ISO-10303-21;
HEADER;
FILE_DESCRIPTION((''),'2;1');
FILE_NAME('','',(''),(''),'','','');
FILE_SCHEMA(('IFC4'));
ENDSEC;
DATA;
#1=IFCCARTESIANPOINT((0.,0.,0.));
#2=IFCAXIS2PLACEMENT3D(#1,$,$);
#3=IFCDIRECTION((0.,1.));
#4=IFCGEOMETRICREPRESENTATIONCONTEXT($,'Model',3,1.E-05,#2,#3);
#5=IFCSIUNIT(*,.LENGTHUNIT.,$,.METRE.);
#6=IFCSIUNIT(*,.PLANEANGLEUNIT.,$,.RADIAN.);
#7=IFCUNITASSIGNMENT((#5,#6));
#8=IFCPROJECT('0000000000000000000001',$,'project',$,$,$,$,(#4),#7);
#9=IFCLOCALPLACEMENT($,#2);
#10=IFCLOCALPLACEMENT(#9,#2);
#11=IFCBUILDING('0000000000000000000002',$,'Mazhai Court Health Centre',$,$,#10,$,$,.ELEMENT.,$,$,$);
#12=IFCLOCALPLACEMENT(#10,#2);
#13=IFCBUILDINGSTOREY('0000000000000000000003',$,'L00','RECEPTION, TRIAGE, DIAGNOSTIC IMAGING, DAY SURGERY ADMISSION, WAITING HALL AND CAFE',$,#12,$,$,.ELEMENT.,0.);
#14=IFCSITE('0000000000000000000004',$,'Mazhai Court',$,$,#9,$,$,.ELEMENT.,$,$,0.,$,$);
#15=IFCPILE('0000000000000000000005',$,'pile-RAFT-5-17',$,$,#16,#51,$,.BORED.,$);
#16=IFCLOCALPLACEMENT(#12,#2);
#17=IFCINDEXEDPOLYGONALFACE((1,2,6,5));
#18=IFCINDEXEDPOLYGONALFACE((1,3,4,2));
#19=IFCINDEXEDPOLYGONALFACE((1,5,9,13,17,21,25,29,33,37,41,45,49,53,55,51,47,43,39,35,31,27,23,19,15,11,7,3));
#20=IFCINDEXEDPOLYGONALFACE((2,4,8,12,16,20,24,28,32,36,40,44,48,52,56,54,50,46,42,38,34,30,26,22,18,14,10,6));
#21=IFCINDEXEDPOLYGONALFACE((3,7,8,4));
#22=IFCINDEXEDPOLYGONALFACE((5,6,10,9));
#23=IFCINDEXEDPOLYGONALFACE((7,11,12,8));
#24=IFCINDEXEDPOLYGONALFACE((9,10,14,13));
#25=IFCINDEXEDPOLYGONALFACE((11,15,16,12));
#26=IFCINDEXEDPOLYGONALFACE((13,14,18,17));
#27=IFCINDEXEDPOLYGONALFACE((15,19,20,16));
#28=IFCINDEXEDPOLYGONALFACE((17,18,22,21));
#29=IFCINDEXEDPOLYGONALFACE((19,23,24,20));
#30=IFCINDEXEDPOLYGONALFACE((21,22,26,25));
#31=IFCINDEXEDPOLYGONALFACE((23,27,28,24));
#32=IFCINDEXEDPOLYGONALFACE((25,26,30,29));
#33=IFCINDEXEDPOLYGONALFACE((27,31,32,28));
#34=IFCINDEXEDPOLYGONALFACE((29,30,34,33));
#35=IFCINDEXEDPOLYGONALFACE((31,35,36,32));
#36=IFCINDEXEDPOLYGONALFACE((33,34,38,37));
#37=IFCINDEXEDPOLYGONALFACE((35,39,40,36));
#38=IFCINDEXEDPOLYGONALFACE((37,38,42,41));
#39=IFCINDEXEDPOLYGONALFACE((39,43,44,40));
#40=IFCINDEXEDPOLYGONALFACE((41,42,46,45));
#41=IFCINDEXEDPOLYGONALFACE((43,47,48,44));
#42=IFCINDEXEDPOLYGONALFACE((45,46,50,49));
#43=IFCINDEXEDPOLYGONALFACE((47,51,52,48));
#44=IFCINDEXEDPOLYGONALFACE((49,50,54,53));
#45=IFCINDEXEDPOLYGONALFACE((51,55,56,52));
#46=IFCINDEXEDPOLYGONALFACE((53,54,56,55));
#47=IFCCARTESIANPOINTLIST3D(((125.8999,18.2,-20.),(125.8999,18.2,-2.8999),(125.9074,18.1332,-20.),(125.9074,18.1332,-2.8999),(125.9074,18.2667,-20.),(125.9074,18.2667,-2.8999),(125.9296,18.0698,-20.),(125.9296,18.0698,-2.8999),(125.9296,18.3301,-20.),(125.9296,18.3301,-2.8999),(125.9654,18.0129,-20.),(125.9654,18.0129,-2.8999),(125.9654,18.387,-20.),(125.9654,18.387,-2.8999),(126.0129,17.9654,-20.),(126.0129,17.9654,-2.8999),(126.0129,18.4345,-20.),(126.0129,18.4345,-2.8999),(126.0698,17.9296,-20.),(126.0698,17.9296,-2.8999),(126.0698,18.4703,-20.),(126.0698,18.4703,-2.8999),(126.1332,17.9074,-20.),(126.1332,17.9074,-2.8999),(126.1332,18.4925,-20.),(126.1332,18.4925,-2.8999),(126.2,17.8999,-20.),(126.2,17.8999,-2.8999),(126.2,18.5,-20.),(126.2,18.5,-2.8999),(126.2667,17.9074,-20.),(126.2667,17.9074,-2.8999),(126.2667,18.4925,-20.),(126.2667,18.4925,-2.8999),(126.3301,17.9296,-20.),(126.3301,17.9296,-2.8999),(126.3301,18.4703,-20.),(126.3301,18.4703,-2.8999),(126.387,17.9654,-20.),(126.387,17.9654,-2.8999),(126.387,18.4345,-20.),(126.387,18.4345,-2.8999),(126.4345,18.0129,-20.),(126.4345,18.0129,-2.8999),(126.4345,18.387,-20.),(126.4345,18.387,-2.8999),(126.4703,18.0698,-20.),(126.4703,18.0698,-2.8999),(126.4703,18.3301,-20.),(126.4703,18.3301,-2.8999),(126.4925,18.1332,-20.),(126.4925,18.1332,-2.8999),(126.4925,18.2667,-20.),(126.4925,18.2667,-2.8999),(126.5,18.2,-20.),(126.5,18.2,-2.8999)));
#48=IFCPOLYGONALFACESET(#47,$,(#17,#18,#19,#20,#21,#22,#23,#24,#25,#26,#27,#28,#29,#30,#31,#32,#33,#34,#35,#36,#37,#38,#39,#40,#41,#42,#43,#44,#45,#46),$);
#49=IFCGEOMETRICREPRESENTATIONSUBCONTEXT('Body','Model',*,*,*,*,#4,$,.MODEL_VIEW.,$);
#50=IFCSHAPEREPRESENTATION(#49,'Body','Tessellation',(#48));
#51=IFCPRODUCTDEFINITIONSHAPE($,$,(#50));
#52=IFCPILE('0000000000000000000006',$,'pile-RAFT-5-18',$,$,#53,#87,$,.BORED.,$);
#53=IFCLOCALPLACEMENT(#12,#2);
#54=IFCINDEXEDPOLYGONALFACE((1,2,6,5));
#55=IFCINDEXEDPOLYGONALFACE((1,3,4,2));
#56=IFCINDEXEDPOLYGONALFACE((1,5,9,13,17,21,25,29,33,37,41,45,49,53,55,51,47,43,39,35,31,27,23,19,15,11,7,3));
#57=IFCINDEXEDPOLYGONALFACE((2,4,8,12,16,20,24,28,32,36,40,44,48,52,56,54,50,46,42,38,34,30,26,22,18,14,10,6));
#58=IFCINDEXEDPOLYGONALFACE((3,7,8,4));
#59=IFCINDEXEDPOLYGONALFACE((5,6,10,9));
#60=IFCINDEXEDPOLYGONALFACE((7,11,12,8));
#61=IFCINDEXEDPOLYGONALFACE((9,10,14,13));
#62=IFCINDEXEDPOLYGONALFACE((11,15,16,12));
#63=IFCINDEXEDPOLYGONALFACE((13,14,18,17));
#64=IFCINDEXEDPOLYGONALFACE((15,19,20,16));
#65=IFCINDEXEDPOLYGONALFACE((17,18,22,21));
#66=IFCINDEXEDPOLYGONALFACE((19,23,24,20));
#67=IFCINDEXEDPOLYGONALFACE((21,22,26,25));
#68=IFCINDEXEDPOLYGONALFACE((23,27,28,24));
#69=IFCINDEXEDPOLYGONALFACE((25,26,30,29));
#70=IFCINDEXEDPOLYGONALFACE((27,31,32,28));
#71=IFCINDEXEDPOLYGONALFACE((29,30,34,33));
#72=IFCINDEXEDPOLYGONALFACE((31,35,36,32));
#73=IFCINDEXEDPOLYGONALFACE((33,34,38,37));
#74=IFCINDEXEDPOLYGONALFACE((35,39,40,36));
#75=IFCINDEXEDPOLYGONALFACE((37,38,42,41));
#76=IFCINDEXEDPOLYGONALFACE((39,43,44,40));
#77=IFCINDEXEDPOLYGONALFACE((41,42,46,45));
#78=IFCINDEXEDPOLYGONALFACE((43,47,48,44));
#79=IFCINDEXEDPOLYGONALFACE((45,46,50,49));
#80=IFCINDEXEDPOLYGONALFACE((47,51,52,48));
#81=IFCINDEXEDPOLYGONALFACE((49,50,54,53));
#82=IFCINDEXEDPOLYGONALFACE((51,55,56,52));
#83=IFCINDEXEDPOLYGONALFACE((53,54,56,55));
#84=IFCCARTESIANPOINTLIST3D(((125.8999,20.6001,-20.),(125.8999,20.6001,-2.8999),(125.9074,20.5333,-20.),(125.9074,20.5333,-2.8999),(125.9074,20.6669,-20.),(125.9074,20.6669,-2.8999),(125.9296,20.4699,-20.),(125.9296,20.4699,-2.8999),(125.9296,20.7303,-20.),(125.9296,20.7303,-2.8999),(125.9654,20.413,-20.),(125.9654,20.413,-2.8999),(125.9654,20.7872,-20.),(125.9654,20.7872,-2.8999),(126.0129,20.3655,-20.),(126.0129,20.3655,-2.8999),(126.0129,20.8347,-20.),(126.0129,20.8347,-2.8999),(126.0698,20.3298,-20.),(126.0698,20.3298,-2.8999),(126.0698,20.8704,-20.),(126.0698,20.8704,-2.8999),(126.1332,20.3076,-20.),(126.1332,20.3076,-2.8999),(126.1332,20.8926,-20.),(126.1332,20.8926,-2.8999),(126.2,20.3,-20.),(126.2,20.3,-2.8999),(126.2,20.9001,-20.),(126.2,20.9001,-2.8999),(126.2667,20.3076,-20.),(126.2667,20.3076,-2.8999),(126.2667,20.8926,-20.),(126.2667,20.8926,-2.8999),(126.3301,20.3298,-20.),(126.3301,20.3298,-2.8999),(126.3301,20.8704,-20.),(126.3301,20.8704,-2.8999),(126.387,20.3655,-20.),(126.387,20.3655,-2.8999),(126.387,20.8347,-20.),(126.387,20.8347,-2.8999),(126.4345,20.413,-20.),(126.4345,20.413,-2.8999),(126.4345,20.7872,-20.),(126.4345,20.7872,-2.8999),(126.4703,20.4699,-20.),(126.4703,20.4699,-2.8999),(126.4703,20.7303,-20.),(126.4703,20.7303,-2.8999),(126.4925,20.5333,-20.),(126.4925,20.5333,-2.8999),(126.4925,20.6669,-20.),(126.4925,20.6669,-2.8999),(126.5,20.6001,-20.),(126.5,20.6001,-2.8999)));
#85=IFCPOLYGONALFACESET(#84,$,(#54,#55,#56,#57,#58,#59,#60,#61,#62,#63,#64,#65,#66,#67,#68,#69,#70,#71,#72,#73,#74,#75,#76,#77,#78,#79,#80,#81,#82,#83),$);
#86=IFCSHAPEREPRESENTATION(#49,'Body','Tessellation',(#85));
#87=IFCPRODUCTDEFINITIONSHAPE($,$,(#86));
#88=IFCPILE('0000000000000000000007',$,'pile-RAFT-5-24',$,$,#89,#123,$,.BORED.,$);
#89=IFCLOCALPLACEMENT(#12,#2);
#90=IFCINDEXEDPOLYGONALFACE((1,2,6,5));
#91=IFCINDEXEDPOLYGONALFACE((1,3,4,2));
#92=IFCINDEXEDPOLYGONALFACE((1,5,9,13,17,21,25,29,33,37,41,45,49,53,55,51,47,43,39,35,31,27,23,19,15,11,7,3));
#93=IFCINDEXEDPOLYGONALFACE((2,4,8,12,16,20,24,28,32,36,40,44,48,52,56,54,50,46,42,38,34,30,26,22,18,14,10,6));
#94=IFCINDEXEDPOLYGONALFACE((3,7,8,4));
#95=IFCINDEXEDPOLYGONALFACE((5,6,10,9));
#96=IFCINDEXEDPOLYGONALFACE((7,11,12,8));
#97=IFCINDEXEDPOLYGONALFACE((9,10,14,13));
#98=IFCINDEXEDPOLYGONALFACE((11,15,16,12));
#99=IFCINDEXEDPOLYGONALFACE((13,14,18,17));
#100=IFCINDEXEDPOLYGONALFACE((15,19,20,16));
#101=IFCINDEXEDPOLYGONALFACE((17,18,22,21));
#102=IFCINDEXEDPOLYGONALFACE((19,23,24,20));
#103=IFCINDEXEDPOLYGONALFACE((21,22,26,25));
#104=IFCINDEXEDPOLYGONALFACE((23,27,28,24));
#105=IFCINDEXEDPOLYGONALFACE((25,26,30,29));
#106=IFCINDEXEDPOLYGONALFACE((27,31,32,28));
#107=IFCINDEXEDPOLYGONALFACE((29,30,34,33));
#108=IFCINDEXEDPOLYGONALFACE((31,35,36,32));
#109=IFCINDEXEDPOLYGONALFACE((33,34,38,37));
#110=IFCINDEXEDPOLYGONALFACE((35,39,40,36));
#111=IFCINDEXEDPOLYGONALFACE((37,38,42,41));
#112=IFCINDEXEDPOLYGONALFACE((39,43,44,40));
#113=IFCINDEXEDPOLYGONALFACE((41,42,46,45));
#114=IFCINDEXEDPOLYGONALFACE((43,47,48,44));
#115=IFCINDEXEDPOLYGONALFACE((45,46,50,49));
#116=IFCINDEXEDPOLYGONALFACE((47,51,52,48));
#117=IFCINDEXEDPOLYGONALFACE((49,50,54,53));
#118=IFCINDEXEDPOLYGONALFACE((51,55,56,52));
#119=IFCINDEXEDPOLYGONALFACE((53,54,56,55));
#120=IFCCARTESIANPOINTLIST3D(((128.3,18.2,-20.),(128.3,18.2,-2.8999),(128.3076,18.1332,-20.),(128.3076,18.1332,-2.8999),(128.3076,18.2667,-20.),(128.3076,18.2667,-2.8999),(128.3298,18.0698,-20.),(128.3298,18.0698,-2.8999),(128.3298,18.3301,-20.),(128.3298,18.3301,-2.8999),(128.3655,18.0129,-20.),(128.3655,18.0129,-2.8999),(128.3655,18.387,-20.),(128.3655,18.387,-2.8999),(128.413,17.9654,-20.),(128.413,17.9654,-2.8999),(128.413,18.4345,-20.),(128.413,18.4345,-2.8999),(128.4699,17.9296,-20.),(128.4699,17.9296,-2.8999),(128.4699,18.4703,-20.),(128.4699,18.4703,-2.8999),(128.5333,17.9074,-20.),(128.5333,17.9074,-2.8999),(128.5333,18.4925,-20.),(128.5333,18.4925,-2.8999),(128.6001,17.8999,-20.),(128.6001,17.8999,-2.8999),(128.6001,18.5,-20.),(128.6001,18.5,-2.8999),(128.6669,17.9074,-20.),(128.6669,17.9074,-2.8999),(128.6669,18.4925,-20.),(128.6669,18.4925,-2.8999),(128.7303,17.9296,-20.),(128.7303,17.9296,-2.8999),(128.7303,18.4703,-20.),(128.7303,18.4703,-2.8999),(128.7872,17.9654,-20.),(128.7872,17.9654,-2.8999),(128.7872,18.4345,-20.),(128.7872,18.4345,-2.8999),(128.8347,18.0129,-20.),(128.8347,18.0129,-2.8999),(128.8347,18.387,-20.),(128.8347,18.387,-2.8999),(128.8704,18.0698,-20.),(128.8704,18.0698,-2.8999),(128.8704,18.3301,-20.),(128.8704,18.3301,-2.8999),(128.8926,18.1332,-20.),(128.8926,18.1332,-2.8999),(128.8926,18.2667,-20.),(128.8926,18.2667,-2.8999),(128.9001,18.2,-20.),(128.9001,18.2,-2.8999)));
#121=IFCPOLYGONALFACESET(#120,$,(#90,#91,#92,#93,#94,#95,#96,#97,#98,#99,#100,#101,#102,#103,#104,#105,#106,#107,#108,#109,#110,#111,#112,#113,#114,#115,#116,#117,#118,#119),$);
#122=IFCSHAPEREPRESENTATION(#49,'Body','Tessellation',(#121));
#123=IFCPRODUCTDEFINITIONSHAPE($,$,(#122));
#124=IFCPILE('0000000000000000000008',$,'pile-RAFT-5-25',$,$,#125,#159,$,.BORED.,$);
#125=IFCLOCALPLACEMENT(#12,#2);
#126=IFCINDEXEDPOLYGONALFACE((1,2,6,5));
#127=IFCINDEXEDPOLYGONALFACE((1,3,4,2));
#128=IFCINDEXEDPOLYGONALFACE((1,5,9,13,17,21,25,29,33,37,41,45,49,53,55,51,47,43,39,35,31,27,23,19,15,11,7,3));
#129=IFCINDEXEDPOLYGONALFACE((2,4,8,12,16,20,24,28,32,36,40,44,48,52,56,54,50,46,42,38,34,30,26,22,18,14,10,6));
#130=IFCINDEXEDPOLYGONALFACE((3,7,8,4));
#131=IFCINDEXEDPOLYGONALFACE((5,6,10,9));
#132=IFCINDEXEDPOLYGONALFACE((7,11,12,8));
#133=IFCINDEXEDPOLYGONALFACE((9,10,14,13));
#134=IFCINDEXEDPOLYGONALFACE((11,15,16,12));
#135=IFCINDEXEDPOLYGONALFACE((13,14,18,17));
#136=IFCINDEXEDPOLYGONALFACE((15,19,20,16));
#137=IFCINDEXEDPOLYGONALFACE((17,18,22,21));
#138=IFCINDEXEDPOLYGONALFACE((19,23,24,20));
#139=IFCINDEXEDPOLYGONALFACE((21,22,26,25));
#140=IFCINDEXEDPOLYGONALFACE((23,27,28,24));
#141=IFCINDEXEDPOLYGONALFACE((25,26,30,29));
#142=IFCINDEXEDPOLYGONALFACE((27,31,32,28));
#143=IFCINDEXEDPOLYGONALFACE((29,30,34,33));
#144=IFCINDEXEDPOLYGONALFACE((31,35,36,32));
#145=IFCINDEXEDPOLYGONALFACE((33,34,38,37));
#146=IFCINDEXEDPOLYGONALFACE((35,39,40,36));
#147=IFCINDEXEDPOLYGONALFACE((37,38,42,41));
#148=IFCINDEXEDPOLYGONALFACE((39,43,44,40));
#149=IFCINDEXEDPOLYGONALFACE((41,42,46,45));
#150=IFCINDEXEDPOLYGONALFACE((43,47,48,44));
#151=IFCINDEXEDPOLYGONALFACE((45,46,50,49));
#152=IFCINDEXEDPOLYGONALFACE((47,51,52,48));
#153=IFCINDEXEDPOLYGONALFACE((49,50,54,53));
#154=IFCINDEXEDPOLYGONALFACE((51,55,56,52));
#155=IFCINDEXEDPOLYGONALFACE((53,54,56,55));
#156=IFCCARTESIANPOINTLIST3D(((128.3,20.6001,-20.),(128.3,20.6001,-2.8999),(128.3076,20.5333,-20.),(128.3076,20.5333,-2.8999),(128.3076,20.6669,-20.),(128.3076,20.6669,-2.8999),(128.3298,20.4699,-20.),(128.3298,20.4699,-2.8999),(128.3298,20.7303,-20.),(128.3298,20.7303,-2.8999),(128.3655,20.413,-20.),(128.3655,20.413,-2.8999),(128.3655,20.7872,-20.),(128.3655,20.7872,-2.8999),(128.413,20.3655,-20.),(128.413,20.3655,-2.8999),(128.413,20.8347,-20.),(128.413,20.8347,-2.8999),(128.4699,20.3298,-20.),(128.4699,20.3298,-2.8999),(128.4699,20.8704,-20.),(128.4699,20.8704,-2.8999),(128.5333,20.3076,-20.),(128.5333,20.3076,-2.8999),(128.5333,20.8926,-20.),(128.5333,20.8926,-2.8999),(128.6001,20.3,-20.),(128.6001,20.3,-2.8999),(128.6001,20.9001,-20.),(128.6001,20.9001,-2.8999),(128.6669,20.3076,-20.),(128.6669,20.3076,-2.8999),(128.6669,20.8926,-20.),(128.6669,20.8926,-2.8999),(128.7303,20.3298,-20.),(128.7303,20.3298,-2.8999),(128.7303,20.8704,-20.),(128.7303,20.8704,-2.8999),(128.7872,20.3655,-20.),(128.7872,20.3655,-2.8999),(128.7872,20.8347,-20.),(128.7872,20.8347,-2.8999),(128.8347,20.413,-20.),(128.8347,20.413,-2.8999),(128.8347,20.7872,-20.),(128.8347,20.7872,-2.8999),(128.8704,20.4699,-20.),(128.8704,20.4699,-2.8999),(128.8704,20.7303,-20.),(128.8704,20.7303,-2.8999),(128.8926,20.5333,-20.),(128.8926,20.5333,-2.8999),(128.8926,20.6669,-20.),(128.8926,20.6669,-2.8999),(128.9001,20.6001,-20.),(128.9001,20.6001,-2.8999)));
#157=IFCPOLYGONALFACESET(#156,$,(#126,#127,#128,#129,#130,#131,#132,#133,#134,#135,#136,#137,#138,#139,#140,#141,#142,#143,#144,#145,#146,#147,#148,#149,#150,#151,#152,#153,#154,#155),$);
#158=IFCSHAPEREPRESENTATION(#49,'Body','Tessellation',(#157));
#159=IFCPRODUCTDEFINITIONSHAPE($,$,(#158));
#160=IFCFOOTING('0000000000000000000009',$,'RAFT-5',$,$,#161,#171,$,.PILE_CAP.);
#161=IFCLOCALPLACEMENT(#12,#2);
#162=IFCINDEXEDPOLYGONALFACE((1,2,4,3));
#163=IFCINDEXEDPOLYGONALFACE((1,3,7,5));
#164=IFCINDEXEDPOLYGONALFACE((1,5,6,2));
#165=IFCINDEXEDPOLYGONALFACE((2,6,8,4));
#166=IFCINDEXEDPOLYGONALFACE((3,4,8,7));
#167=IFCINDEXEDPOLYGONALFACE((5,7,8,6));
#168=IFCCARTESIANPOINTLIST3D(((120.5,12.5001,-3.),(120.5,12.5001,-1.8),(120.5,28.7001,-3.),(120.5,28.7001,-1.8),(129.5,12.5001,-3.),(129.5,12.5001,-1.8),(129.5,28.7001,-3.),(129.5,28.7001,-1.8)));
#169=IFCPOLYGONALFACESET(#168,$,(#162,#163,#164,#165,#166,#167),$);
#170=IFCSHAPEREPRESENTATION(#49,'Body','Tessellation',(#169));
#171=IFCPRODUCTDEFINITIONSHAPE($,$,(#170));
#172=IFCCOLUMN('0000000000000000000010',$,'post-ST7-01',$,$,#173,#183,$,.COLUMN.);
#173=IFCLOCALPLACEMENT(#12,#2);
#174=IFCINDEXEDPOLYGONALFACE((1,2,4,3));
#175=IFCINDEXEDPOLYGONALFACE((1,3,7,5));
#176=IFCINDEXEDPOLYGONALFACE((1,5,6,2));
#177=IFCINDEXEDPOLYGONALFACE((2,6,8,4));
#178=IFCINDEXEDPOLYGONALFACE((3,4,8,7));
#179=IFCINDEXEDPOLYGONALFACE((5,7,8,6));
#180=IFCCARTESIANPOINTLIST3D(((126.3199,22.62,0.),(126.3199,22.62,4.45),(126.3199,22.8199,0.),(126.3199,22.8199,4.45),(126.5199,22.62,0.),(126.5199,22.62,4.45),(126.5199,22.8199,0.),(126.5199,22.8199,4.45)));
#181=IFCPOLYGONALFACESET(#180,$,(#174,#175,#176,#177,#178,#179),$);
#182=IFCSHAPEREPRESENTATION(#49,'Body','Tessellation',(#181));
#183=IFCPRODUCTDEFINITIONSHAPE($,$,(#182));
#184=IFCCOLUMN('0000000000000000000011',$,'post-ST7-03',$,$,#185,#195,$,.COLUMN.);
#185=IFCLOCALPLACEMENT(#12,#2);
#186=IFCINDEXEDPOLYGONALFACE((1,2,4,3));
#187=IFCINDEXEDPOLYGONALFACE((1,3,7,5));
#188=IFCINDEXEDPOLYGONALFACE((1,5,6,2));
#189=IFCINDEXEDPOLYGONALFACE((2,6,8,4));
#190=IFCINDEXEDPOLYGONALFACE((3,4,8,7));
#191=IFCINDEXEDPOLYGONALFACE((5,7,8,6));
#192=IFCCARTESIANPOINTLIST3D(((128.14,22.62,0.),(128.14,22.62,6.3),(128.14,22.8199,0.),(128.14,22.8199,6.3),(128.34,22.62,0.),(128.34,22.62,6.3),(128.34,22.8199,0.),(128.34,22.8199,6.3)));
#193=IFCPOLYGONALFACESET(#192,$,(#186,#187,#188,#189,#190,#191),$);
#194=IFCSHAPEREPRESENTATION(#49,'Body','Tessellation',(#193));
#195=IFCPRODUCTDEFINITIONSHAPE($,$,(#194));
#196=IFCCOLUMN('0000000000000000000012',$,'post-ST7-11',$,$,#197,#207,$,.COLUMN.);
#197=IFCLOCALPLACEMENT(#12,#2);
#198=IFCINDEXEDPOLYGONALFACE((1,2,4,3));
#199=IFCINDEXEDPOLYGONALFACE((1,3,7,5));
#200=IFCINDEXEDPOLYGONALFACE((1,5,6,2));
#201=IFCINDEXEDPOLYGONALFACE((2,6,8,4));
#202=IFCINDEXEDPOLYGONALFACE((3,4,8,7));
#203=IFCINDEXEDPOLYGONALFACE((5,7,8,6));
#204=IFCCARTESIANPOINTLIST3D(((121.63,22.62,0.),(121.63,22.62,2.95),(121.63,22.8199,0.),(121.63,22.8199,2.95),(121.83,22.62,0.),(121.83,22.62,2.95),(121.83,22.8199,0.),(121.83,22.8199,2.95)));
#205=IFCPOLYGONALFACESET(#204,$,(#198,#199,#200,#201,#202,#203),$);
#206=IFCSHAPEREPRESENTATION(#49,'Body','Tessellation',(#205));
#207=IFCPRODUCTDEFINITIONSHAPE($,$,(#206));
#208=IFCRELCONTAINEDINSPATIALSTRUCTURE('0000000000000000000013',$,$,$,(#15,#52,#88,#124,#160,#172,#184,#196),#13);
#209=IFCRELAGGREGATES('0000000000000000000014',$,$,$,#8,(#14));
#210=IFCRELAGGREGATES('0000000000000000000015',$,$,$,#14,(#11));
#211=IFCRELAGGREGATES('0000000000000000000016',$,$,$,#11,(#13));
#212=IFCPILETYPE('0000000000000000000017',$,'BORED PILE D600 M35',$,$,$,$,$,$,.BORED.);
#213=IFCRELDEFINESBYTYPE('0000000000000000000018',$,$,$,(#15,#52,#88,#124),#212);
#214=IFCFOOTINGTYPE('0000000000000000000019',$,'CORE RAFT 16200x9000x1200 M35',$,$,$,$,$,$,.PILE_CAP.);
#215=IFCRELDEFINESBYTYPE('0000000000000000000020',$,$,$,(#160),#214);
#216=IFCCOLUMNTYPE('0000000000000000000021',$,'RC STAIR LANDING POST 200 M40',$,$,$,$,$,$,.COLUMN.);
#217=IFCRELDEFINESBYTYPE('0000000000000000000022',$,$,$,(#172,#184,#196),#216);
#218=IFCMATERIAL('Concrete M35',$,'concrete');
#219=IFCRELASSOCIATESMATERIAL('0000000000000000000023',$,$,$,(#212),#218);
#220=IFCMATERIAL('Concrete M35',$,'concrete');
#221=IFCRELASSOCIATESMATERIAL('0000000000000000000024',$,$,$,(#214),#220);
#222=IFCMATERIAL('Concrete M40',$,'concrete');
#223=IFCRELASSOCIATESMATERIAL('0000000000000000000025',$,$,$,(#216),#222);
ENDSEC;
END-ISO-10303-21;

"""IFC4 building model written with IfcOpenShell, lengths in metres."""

from ifc_helpers import new_model, si_unit, direction, frame, origin, origin_2d, place, context, subcontext, project, spatial, rectangle, circle, extrude, material, material_profile, profile_set, type_object, element, save


model = new_model("IFC4")

# Units and contexts
model_context = context("Model", 3, precision=1e-05, world=origin(), true_north=direction((0.0, 1.0)))
body_context = subcontext(model_context, "Body", "Model", "MODEL_VIEW")
ifc_project = project(units=[si_unit("LENGTHUNIT", "METRE"), si_unit("PLANEANGLEUNIT", "RADIAN")], contexts=[model_context])

# Site, building, storey
site_placement = place(None, origin())
site = spatial("IfcSite", under=ifc_project, at=site_placement, Name="Mazhai Court", CompositionType="ELEMENT", RefElevation=0.0)
building_placement = place(site_placement, origin())
building = spatial("IfcBuilding", under=site, at=building_placement, Name="Mazhai Court Health Centre", CompositionType="ELEMENT")
storey_placement = place(building_placement, origin())
storey = spatial("IfcBuildingStorey", under=building, at=storey_placement, Name="L00", Description="RECEPTION, TRIAGE, DIAGNOSTIC IMAGING, DAY SURGERY ADMISSION, WAITING HALL AND CAFE", CompositionType="ELEMENT", Elevation=0.0)

# Piles
ifc_material_1 = material(Name="Concrete M35", Category="concrete")
ifc_material_profile_1 = material_profile(ifc_material_1, circle(Radius=0.3, at=origin_2d()), Name="RC PILE D600")
ifc_profile_set_1 = profile_set([ifc_material_profile_1], Name="Concrete M35")
pile_type = type_object("IfcPileType", Name="BORED PILE D600 M35", PredefinedType="BORED", material=ifc_profile_set_1)
for number, where, z_axis, x_axis, name in (
    (1, (126.2, 18.2, -2.8999), (0.0, 0.0, -1.0), (1.0, 0.0, 0.0), "pile-RAFT-5-17"),
    (2, (126.2, 20.6001, -2.8999), (0.0, 0.0, -1.0), (1.0, 0.0, 0.0), "pile-RAFT-5-18"),
    (3, (128.6001, 18.2, -2.8999), (0.0, 0.0, -1.0), (1.0, 0.0, 0.0), "pile-RAFT-5-24"),
    (4, (128.6001, 20.6001, -2.8999), (0.0, 0.0, -1.0), (1.0, 0.0, 0.0), "pile-RAFT-5-25"),
):
    element("IfcPile", number, at=place(storey_placement, frame(where, z_axis=z_axis, x_axis=x_axis)), inside=storey, type_object=pile_type, Name=name, PredefinedType="BORED", context=body_context, shape_type="SweptSolid", body=[
        extrude(circle(Radius=0.3, at=origin_2d()), origin(), (0.0, 0.0, 1.0), 17.1001),
    ])

# Footing
ifc_material_2 = material(Name="Concrete M35", Category="concrete")
footing_type = type_object("IfcFootingType", Name="CORE RAFT 16200x9000x1200 M35", PredefinedType="PILE_CAP", material=ifc_material_2)
footing_placement = place(storey_placement, frame((125.0, 20.6001, -3.0), z_axis=(0.0, 0.0, 1.0), x_axis=(0.0, 1.0, 0.0)))
element("IfcFooting", 5, at=footing_placement, inside=storey, type_object=footing_type, Name="RAFT-5", PredefinedType="PILE_CAP", context=body_context, shape_type="SweptSolid", body=[
    extrude(rectangle(XDim=16.2, YDim=9.0, at=origin_2d()), origin(), (0.0, 0.0, 1.0), 1.2),
])

# Columns
ifc_material_3 = material(Name="Concrete M40", Category="concrete")
ifc_material_profile_2 = material_profile(ifc_material_3, rectangle(XDim=0.2, YDim=0.2, at=origin_2d()), Name="RC 200x200")
ifc_profile_set_2 = profile_set([ifc_material_profile_2], Name="Concrete M40")
column_type = type_object("IfcColumnType", Name="RC STAIR LANDING POST 200 M40", PredefinedType="COLUMN", material=ifc_profile_set_2)
column_1_placement = place(storey_placement, frame((126.4199, 22.72, 0.0), z_axis=(0.0, 0.0, 1.0), x_axis=(1.0, 0.0, 0.0)))
element("IfcColumn", 6, at=column_1_placement, inside=storey, type_object=column_type, Name="post-ST7-01", PredefinedType="COLUMN", context=body_context, shape_type="SweptSolid", body=[
    extrude(rectangle(XDim=0.2, YDim=0.2, at=origin_2d()), origin(), (0.0, 0.0, 1.0), 4.45),
])
column_2_placement = place(storey_placement, frame((128.24, 22.72, 0.0), z_axis=(0.0, 0.0, 1.0), x_axis=(1.0, 0.0, 0.0)))
element("IfcColumn", 7, at=column_2_placement, inside=storey, type_object=column_type, Name="post-ST7-03", PredefinedType="COLUMN", context=body_context, shape_type="SweptSolid", body=[
    extrude(rectangle(XDim=0.2, YDim=0.2, at=origin_2d()), origin(), (0.0, 0.0, 1.0), 6.3),
])
for number, where, z_axis, x_axis, name in (
    (8, (121.73, 22.72, 0.0), (0.0, 0.0, 1.0), (1.0, 0.0, 0.0), "post-ST7-11"),
):
    element("IfcColumn", number, at=place(storey_placement, frame(where, z_axis=z_axis, x_axis=x_axis)), inside=storey, type_object=column_type, Name=name, PredefinedType="COLUMN", context=body_context, shape_type="SweptSolid", body=[
        extrude(rectangle(XDim=0.2, YDim=0.2, at=origin_2d()), origin(), (0.0, 0.0, 1.0), 2.95),
    ])

save(model, "model.ifc")
